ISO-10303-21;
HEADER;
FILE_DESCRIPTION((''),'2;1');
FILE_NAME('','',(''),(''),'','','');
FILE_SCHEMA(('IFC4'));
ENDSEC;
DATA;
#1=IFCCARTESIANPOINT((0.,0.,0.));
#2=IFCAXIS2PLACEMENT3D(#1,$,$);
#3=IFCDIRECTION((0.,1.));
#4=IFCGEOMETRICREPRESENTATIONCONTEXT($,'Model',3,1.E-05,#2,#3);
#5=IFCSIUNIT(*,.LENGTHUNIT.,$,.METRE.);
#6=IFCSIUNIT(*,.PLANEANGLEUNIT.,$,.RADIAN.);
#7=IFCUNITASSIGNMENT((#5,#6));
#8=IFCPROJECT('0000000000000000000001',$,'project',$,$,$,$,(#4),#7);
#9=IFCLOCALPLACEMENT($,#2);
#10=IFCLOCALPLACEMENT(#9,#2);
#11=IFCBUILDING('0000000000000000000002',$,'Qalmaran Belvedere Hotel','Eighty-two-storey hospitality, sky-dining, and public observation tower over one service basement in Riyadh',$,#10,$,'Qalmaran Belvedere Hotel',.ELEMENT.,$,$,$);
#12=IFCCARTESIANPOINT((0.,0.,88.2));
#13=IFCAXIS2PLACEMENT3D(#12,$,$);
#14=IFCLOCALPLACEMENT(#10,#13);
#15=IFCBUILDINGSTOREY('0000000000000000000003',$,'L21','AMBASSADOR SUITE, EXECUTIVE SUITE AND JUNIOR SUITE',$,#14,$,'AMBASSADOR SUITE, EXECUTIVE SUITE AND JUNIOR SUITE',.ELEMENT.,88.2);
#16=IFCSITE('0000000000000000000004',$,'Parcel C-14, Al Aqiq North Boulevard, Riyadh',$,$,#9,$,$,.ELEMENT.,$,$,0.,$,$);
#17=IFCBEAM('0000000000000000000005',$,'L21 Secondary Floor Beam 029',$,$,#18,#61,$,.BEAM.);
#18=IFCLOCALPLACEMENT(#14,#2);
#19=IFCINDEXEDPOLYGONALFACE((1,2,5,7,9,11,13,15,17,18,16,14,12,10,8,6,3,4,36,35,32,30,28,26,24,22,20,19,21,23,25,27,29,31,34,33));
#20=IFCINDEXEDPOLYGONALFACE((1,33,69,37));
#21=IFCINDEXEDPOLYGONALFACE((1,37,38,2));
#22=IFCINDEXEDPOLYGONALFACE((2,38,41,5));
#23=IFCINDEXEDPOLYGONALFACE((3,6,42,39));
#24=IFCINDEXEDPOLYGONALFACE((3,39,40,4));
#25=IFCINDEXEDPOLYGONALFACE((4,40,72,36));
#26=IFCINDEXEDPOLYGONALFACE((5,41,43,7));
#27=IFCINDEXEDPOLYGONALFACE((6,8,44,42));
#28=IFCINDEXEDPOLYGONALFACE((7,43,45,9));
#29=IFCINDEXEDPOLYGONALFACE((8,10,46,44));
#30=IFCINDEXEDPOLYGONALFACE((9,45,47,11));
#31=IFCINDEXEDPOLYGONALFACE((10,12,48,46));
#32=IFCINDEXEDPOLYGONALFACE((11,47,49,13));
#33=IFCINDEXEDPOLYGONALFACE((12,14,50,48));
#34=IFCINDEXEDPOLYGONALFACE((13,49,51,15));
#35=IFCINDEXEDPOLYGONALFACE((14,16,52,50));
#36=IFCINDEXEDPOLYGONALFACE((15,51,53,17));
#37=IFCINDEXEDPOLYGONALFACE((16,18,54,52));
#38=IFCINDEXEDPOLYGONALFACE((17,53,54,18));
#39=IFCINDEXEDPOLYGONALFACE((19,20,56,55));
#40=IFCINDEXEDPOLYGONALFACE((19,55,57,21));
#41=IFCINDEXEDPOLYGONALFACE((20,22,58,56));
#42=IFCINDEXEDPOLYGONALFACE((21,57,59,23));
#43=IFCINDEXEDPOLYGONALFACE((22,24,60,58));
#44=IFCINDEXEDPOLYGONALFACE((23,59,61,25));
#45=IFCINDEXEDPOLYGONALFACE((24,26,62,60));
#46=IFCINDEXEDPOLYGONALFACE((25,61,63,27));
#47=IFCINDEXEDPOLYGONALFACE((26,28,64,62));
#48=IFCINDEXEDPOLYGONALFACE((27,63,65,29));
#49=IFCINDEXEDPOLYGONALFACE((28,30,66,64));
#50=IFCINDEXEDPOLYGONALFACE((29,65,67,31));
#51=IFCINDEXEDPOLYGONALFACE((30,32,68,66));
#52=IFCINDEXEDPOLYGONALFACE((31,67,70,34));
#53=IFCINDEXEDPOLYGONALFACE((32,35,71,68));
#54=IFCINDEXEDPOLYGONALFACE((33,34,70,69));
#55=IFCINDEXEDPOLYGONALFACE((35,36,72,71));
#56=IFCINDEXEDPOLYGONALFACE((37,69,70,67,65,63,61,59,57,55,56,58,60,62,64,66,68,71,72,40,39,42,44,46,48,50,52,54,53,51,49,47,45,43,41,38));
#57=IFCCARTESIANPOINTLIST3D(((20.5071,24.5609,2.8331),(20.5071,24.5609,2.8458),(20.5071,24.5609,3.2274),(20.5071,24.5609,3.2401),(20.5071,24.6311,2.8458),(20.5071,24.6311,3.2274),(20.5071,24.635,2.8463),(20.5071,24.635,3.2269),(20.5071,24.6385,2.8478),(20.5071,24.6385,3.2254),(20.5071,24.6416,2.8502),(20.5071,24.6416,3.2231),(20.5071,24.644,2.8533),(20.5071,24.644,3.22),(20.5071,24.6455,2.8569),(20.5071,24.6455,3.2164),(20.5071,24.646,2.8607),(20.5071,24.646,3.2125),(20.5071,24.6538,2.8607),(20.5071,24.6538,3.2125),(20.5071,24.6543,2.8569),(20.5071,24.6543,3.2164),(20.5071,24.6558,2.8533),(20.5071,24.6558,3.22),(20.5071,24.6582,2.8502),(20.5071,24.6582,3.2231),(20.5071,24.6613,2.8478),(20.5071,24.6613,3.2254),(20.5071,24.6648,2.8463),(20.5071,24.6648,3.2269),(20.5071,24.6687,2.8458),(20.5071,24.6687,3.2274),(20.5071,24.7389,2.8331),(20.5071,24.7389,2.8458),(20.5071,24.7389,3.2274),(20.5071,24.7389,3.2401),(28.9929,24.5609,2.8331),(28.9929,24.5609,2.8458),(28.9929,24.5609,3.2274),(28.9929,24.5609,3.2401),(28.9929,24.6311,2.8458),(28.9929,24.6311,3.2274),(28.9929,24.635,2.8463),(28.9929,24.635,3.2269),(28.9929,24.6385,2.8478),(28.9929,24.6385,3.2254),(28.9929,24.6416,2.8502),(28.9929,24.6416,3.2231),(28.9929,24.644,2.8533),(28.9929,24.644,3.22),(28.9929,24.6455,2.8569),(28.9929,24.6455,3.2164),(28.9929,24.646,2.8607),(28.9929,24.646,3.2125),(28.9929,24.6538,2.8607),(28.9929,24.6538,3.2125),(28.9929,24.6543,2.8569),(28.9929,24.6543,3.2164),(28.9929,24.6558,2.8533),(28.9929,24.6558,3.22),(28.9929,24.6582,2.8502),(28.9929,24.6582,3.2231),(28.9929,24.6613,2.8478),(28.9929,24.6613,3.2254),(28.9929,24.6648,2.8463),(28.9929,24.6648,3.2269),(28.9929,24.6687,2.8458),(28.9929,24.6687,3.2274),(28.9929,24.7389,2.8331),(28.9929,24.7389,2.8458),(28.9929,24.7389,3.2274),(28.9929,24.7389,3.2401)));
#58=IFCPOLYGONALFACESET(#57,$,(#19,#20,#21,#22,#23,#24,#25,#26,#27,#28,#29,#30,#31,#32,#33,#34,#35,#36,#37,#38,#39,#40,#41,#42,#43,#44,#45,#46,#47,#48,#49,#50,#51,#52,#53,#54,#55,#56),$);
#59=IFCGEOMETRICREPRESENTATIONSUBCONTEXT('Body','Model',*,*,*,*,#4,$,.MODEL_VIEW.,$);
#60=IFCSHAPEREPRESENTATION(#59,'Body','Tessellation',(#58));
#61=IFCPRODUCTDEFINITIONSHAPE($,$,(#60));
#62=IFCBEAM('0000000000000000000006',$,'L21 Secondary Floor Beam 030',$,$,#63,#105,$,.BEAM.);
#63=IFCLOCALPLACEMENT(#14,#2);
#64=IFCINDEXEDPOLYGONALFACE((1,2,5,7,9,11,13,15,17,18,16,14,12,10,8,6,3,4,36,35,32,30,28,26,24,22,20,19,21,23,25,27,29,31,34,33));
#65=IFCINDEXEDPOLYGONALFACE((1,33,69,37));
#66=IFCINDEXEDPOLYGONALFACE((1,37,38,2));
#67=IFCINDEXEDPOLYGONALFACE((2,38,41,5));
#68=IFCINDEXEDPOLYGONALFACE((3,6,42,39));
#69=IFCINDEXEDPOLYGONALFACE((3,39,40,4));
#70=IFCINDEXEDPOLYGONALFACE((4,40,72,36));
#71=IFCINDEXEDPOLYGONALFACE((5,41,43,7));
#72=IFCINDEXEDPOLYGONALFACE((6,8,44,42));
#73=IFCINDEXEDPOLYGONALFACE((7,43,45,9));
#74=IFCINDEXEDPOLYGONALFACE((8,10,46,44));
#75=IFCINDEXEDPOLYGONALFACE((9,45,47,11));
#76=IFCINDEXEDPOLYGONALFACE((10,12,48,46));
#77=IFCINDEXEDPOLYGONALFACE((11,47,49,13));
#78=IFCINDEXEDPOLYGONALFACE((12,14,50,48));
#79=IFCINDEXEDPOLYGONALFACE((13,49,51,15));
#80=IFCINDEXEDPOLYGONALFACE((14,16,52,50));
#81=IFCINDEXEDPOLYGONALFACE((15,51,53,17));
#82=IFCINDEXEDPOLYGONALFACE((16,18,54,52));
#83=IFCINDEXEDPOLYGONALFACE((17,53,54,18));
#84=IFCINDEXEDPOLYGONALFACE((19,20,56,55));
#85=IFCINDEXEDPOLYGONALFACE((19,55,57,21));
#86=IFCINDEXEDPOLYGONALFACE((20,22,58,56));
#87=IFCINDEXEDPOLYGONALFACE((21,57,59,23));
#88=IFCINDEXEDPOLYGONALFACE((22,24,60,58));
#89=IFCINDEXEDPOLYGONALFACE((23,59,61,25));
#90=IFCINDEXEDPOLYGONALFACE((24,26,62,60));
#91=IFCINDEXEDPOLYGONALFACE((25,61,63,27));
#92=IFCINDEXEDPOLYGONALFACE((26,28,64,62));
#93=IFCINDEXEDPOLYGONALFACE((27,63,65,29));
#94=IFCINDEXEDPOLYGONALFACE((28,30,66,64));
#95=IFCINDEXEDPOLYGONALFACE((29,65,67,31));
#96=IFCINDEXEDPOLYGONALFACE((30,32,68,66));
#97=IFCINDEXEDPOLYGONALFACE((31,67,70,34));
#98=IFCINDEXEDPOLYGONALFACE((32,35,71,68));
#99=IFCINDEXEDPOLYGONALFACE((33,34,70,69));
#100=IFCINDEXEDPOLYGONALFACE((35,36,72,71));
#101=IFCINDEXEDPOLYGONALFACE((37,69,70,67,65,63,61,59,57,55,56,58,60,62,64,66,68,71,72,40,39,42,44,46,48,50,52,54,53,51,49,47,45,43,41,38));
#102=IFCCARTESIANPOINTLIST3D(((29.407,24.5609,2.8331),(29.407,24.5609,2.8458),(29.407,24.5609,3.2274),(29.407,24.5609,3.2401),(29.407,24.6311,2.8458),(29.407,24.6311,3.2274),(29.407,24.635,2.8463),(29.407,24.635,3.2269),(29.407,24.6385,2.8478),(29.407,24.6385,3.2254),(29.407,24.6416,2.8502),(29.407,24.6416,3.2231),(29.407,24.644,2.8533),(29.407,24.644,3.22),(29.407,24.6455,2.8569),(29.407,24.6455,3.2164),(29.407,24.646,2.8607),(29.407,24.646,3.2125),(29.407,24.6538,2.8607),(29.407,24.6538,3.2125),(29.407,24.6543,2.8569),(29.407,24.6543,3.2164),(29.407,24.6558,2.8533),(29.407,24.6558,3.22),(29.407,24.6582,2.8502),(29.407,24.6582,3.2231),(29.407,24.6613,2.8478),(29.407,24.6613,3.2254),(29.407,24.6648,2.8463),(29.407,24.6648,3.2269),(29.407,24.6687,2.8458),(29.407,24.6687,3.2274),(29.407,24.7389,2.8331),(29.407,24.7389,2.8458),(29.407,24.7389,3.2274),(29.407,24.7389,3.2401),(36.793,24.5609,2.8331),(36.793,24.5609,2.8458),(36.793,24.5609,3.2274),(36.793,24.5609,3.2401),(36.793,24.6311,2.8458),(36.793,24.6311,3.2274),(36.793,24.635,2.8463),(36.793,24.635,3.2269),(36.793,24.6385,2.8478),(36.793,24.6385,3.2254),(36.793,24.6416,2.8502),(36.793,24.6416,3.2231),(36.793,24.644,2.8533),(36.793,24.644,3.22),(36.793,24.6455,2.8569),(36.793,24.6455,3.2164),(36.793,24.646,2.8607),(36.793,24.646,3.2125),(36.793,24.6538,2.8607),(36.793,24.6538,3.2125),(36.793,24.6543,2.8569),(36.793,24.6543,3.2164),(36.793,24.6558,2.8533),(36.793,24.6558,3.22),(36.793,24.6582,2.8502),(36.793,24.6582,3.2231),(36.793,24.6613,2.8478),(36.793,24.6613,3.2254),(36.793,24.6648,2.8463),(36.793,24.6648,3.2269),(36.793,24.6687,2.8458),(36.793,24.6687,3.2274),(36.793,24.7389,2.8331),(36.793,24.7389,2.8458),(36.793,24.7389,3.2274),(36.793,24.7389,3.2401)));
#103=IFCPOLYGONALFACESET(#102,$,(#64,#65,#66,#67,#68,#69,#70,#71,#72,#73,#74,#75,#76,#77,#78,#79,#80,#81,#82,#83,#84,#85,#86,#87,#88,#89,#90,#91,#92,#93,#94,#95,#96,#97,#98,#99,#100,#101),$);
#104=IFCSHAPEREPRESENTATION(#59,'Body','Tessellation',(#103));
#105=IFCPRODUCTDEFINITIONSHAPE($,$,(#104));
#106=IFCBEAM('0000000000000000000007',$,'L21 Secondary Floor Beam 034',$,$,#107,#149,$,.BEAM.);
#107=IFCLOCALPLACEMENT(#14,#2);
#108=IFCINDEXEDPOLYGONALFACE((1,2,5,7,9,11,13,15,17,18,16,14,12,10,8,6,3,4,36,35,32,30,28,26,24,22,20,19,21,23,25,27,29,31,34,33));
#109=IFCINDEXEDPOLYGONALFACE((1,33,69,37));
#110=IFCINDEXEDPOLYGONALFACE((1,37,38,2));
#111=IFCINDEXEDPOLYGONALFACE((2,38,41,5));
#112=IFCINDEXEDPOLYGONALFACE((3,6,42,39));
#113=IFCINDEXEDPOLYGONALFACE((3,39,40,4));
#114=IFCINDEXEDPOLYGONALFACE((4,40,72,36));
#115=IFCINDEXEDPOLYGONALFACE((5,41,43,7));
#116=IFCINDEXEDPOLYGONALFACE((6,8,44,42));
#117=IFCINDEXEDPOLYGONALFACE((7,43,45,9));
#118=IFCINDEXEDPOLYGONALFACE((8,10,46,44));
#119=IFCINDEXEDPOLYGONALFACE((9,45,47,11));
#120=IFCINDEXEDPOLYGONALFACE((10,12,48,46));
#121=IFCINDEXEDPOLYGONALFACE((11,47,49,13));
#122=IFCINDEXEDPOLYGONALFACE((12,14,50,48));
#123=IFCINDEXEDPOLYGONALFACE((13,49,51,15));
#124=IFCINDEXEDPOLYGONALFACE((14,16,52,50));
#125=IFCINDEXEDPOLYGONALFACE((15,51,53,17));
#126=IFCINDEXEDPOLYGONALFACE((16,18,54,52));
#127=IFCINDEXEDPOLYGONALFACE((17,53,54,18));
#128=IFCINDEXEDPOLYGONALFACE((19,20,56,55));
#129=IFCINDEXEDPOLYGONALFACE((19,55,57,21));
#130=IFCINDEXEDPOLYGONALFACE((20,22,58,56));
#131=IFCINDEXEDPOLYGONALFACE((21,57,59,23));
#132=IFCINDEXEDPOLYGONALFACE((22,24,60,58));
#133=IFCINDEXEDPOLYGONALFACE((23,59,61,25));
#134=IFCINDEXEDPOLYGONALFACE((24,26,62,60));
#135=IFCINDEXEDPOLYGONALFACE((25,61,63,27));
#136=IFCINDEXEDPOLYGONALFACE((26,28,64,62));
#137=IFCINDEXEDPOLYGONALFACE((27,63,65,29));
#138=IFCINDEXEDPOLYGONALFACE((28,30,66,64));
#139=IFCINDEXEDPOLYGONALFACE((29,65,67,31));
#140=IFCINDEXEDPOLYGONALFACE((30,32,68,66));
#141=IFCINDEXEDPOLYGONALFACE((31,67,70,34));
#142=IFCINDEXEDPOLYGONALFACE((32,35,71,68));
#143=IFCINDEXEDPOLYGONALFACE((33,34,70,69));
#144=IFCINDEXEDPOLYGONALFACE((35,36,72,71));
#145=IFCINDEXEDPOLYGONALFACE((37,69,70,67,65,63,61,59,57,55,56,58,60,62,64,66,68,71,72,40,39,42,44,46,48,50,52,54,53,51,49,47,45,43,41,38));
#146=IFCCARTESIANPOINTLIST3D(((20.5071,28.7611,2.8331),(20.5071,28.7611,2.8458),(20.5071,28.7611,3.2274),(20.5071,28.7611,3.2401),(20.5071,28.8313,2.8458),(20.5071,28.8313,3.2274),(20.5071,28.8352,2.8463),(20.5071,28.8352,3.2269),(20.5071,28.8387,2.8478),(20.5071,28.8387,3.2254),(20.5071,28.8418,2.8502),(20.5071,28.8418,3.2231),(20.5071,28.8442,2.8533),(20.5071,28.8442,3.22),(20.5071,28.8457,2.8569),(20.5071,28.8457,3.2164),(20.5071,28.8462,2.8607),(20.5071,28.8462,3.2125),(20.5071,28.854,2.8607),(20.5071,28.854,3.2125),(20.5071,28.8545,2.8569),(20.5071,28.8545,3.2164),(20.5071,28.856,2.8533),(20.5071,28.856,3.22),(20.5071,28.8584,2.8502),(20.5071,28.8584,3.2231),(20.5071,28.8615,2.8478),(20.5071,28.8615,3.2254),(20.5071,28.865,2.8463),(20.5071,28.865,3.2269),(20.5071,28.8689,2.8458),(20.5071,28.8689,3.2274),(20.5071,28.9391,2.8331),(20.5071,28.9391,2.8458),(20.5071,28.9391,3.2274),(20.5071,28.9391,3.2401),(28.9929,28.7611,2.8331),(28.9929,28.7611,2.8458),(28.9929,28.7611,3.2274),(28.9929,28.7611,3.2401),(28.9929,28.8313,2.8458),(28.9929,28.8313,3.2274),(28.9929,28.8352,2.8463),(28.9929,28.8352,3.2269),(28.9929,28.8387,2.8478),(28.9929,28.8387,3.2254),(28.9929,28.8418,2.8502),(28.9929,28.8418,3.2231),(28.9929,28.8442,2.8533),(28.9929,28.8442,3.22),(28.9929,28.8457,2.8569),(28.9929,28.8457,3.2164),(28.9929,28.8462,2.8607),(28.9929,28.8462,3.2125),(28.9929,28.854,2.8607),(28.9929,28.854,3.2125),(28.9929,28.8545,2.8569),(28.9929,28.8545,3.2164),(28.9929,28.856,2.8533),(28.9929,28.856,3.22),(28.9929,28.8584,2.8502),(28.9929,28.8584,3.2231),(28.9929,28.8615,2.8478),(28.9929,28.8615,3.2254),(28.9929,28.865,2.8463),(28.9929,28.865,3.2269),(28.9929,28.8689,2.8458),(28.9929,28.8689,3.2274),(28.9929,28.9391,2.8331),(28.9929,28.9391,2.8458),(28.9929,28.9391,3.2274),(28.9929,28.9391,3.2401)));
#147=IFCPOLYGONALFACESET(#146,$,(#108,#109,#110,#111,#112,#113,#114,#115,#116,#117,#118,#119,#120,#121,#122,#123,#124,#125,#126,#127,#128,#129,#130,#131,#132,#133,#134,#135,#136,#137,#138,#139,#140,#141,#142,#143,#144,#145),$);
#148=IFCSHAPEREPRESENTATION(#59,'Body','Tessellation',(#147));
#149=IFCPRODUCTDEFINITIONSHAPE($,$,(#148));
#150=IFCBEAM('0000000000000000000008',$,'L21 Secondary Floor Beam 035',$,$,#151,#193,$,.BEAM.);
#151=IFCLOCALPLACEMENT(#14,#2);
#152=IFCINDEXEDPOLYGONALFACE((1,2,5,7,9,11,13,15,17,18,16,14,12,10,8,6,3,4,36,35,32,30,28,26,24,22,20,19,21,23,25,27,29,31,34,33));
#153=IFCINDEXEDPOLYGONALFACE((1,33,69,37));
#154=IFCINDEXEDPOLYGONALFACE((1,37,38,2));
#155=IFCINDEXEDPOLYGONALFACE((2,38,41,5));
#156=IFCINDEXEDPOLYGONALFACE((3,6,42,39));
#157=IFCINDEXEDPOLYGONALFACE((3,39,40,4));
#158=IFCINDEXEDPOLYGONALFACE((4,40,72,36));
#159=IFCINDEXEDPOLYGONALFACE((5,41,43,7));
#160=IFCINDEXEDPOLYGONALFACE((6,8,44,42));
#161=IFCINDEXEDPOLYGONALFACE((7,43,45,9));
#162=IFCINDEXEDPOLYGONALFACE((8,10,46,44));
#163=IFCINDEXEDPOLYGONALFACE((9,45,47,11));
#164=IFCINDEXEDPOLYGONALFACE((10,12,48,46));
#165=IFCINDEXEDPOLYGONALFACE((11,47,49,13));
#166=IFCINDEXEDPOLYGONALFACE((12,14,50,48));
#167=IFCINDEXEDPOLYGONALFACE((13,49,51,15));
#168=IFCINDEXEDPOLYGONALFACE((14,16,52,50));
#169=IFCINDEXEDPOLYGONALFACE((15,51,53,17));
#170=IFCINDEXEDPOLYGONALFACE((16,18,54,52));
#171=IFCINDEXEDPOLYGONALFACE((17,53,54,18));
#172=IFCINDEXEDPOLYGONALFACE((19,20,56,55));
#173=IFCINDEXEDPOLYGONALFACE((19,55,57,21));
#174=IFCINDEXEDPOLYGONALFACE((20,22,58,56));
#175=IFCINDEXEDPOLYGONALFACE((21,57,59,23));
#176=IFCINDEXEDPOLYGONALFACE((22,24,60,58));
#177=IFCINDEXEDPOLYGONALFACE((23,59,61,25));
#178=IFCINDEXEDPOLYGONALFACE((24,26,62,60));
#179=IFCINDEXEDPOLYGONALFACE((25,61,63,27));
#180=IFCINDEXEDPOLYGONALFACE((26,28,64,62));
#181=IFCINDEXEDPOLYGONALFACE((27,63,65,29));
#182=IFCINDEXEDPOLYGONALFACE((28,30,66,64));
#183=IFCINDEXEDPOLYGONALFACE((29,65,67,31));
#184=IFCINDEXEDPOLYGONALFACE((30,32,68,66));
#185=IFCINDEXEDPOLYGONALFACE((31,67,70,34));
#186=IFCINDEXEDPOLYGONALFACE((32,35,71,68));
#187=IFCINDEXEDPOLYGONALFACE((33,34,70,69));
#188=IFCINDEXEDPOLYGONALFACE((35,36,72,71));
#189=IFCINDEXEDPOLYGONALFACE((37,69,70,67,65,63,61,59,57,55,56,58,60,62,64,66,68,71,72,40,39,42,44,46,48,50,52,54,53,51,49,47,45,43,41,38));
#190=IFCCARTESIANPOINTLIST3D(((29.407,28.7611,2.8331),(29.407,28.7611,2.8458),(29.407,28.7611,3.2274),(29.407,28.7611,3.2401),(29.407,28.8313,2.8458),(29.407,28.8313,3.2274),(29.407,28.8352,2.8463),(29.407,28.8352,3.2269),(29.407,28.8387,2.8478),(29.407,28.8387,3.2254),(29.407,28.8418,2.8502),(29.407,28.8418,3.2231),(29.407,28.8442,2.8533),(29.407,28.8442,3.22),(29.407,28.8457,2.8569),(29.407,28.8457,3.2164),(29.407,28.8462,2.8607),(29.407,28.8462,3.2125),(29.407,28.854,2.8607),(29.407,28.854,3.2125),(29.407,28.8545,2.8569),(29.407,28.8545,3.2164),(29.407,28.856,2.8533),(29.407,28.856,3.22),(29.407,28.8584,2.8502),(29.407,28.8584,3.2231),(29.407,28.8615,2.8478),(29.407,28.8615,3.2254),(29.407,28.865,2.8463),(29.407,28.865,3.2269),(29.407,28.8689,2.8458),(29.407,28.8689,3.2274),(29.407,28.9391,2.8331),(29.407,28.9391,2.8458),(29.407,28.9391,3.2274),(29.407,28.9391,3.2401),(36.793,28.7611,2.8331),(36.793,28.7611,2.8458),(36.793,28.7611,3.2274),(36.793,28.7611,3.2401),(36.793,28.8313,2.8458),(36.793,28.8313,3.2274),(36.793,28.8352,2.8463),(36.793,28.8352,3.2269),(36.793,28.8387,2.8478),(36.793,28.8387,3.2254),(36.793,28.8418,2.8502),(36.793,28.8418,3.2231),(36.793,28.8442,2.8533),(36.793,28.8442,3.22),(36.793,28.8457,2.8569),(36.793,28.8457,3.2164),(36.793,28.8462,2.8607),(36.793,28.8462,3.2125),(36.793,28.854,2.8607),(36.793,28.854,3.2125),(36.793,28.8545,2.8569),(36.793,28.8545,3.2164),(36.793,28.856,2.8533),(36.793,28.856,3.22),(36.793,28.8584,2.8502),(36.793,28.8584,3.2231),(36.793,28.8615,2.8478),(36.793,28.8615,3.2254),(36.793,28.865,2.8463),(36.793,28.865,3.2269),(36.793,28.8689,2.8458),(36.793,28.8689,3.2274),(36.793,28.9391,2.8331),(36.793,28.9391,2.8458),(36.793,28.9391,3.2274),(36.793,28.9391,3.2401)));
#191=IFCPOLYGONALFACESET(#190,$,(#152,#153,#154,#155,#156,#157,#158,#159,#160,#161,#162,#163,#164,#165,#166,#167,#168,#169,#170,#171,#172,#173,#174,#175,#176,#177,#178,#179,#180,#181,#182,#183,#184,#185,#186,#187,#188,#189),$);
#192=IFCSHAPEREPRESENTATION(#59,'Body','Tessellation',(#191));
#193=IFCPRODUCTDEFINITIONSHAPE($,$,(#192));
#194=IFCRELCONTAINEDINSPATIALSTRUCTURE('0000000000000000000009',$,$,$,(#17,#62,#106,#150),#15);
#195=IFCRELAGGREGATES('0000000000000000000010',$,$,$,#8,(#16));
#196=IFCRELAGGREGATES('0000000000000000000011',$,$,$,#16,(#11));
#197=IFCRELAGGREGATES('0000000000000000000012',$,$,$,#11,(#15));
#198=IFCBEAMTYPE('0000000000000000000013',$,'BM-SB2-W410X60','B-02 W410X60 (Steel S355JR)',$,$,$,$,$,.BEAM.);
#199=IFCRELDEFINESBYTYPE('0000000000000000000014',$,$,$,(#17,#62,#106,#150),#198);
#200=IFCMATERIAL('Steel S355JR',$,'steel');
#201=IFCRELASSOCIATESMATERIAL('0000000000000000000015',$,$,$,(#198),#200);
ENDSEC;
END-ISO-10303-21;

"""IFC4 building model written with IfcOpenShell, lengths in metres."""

from ifc_helpers import new_model, si_unit, direction, frame, origin, origin_2d, place, context, subcontext, project, spatial, i_section, extrude, material, material_profile, profile_set, type_object, element, save


model = new_model("IFC4")

# Units and contexts
model_context = context("Model", 3, precision=1e-05, world=origin(), true_north=direction((0.0, 1.0)))
body_context = subcontext(model_context, "Body", "Model", "MODEL_VIEW")
ifc_project = project(units=[si_unit("LENGTHUNIT", "METRE"), si_unit("PLANEANGLEUNIT", "RADIAN")], contexts=[model_context])

# Site, building, storey
site_placement = place(None, origin())
site = spatial("IfcSite", under=ifc_project, at=site_placement, Name="Parcel C-14, Al Aqiq North Boulevard, Riyadh", CompositionType="ELEMENT", RefElevation=0.0)
building_placement = place(site_placement, origin())
building = spatial("IfcBuilding", under=site, at=building_placement, Name="Qalmaran Belvedere Hotel", Description="Eighty-two-storey hospitality, sky-dining, and public observation tower over one service basement in Riyadh", LongName="Qalmaran Belvedere Hotel", CompositionType="ELEMENT")
storey_placement = place(building_placement, frame((0.0, 0.0, 88.2)))
storey = spatial("IfcBuildingStorey", under=building, at=storey_placement, Name="L21", Description="AMBASSADOR SUITE, EXECUTIVE SUITE AND JUNIOR SUITE", LongName="AMBASSADOR SUITE, EXECUTIVE SUITE AND JUNIOR SUITE", CompositionType="ELEMENT", Elevation=88.2)

# Beams
ifc_material_1 = material(Name="Steel S355JR", Category="steel")
ifc_material_profile_1 = material_profile(ifc_material_1, i_section(OverallWidth=0.178, OverallDepth=0.407, WebThickness=0.0078, FlangeThickness=0.0127, FilletRadius=0.0149, at=origin_2d()), Name="W410X60")
ifc_profile_set_1 = profile_set([ifc_material_profile_1], Name="Steel S355JR")
beam_type_1 = type_object("IfcBeamType", Name="BM-SB2-W410X60", Description="B-02 W410X60 (Steel S355JR)", PredefinedType="BEAM", material=ifc_profile_set_1)
beam_1_placement = place(storey_placement, frame((20.5071, 24.6499, 3.0366), z_axis=(1.0, 0.0, 0.0), x_axis=(0.0, 1.0, 0.0)))
element("IfcBeam", 1, at=beam_1_placement, inside=storey, type_object=beam_type_1, Name="L21 Secondary Floor Beam 029", PredefinedType="BEAM", context=body_context, shape_type="SweptSolid", body=[
    extrude(i_section(OverallWidth=0.178, OverallDepth=0.407, WebThickness=0.0078, FlangeThickness=0.0127, FilletRadius=0.0149, at=origin_2d()), origin(), (0.0, 0.0, 1.0), 8.4858),
])
beam_2_placement = place(storey_placement, frame((29.407, 24.6499, 3.0366), z_axis=(1.0, 0.0, 0.0), x_axis=(0.0, 1.0, 0.0)))
element("IfcBeam", 2, at=beam_2_placement, inside=storey, type_object=beam_type_1, Name="L21 Secondary Floor Beam 030", PredefinedType="BEAM", context=body_context, shape_type="SweptSolid", body=[
    extrude(i_section(OverallWidth=0.178, OverallDepth=0.407, WebThickness=0.0078, FlangeThickness=0.0127, FilletRadius=0.0149, at=origin_2d()), origin(), (0.0, 0.0, 1.0), 7.386),
])
beam_3_placement = place(storey_placement, frame((20.5071, 28.8501, 3.0366), z_axis=(1.0, 0.0, 0.0), x_axis=(0.0, 1.0, 0.0)))
element("IfcBeam", 3, at=beam_3_placement, inside=storey, type_object=beam_type_1, Name="L21 Secondary Floor Beam 034", PredefinedType="BEAM", context=body_context, shape_type="SweptSolid", body=[
    extrude(i_section(OverallWidth=0.178, OverallDepth=0.407, WebThickness=0.0078, FlangeThickness=0.0127, FilletRadius=0.0149, at=origin_2d()), origin(), (0.0, 0.0, 1.0), 8.4858),
])
beam_4_placement = place(storey_placement, frame((29.407, 28.8501, 3.0366), z_axis=(1.0, 0.0, 0.0), x_axis=(0.0, 1.0, 0.0)))
element("IfcBeam", 4, at=beam_4_placement, inside=storey, type_object=beam_type_1, Name="L21 Secondary Floor Beam 035", PredefinedType="BEAM", context=body_context, shape_type="SweptSolid", body=[
    extrude(i_section(OverallWidth=0.178, OverallDepth=0.407, WebThickness=0.0078, FlangeThickness=0.0127, FilletRadius=0.0149, at=origin_2d()), origin(), (0.0, 0.0, 1.0), 7.386),
])

save(model, "model.ifc")
